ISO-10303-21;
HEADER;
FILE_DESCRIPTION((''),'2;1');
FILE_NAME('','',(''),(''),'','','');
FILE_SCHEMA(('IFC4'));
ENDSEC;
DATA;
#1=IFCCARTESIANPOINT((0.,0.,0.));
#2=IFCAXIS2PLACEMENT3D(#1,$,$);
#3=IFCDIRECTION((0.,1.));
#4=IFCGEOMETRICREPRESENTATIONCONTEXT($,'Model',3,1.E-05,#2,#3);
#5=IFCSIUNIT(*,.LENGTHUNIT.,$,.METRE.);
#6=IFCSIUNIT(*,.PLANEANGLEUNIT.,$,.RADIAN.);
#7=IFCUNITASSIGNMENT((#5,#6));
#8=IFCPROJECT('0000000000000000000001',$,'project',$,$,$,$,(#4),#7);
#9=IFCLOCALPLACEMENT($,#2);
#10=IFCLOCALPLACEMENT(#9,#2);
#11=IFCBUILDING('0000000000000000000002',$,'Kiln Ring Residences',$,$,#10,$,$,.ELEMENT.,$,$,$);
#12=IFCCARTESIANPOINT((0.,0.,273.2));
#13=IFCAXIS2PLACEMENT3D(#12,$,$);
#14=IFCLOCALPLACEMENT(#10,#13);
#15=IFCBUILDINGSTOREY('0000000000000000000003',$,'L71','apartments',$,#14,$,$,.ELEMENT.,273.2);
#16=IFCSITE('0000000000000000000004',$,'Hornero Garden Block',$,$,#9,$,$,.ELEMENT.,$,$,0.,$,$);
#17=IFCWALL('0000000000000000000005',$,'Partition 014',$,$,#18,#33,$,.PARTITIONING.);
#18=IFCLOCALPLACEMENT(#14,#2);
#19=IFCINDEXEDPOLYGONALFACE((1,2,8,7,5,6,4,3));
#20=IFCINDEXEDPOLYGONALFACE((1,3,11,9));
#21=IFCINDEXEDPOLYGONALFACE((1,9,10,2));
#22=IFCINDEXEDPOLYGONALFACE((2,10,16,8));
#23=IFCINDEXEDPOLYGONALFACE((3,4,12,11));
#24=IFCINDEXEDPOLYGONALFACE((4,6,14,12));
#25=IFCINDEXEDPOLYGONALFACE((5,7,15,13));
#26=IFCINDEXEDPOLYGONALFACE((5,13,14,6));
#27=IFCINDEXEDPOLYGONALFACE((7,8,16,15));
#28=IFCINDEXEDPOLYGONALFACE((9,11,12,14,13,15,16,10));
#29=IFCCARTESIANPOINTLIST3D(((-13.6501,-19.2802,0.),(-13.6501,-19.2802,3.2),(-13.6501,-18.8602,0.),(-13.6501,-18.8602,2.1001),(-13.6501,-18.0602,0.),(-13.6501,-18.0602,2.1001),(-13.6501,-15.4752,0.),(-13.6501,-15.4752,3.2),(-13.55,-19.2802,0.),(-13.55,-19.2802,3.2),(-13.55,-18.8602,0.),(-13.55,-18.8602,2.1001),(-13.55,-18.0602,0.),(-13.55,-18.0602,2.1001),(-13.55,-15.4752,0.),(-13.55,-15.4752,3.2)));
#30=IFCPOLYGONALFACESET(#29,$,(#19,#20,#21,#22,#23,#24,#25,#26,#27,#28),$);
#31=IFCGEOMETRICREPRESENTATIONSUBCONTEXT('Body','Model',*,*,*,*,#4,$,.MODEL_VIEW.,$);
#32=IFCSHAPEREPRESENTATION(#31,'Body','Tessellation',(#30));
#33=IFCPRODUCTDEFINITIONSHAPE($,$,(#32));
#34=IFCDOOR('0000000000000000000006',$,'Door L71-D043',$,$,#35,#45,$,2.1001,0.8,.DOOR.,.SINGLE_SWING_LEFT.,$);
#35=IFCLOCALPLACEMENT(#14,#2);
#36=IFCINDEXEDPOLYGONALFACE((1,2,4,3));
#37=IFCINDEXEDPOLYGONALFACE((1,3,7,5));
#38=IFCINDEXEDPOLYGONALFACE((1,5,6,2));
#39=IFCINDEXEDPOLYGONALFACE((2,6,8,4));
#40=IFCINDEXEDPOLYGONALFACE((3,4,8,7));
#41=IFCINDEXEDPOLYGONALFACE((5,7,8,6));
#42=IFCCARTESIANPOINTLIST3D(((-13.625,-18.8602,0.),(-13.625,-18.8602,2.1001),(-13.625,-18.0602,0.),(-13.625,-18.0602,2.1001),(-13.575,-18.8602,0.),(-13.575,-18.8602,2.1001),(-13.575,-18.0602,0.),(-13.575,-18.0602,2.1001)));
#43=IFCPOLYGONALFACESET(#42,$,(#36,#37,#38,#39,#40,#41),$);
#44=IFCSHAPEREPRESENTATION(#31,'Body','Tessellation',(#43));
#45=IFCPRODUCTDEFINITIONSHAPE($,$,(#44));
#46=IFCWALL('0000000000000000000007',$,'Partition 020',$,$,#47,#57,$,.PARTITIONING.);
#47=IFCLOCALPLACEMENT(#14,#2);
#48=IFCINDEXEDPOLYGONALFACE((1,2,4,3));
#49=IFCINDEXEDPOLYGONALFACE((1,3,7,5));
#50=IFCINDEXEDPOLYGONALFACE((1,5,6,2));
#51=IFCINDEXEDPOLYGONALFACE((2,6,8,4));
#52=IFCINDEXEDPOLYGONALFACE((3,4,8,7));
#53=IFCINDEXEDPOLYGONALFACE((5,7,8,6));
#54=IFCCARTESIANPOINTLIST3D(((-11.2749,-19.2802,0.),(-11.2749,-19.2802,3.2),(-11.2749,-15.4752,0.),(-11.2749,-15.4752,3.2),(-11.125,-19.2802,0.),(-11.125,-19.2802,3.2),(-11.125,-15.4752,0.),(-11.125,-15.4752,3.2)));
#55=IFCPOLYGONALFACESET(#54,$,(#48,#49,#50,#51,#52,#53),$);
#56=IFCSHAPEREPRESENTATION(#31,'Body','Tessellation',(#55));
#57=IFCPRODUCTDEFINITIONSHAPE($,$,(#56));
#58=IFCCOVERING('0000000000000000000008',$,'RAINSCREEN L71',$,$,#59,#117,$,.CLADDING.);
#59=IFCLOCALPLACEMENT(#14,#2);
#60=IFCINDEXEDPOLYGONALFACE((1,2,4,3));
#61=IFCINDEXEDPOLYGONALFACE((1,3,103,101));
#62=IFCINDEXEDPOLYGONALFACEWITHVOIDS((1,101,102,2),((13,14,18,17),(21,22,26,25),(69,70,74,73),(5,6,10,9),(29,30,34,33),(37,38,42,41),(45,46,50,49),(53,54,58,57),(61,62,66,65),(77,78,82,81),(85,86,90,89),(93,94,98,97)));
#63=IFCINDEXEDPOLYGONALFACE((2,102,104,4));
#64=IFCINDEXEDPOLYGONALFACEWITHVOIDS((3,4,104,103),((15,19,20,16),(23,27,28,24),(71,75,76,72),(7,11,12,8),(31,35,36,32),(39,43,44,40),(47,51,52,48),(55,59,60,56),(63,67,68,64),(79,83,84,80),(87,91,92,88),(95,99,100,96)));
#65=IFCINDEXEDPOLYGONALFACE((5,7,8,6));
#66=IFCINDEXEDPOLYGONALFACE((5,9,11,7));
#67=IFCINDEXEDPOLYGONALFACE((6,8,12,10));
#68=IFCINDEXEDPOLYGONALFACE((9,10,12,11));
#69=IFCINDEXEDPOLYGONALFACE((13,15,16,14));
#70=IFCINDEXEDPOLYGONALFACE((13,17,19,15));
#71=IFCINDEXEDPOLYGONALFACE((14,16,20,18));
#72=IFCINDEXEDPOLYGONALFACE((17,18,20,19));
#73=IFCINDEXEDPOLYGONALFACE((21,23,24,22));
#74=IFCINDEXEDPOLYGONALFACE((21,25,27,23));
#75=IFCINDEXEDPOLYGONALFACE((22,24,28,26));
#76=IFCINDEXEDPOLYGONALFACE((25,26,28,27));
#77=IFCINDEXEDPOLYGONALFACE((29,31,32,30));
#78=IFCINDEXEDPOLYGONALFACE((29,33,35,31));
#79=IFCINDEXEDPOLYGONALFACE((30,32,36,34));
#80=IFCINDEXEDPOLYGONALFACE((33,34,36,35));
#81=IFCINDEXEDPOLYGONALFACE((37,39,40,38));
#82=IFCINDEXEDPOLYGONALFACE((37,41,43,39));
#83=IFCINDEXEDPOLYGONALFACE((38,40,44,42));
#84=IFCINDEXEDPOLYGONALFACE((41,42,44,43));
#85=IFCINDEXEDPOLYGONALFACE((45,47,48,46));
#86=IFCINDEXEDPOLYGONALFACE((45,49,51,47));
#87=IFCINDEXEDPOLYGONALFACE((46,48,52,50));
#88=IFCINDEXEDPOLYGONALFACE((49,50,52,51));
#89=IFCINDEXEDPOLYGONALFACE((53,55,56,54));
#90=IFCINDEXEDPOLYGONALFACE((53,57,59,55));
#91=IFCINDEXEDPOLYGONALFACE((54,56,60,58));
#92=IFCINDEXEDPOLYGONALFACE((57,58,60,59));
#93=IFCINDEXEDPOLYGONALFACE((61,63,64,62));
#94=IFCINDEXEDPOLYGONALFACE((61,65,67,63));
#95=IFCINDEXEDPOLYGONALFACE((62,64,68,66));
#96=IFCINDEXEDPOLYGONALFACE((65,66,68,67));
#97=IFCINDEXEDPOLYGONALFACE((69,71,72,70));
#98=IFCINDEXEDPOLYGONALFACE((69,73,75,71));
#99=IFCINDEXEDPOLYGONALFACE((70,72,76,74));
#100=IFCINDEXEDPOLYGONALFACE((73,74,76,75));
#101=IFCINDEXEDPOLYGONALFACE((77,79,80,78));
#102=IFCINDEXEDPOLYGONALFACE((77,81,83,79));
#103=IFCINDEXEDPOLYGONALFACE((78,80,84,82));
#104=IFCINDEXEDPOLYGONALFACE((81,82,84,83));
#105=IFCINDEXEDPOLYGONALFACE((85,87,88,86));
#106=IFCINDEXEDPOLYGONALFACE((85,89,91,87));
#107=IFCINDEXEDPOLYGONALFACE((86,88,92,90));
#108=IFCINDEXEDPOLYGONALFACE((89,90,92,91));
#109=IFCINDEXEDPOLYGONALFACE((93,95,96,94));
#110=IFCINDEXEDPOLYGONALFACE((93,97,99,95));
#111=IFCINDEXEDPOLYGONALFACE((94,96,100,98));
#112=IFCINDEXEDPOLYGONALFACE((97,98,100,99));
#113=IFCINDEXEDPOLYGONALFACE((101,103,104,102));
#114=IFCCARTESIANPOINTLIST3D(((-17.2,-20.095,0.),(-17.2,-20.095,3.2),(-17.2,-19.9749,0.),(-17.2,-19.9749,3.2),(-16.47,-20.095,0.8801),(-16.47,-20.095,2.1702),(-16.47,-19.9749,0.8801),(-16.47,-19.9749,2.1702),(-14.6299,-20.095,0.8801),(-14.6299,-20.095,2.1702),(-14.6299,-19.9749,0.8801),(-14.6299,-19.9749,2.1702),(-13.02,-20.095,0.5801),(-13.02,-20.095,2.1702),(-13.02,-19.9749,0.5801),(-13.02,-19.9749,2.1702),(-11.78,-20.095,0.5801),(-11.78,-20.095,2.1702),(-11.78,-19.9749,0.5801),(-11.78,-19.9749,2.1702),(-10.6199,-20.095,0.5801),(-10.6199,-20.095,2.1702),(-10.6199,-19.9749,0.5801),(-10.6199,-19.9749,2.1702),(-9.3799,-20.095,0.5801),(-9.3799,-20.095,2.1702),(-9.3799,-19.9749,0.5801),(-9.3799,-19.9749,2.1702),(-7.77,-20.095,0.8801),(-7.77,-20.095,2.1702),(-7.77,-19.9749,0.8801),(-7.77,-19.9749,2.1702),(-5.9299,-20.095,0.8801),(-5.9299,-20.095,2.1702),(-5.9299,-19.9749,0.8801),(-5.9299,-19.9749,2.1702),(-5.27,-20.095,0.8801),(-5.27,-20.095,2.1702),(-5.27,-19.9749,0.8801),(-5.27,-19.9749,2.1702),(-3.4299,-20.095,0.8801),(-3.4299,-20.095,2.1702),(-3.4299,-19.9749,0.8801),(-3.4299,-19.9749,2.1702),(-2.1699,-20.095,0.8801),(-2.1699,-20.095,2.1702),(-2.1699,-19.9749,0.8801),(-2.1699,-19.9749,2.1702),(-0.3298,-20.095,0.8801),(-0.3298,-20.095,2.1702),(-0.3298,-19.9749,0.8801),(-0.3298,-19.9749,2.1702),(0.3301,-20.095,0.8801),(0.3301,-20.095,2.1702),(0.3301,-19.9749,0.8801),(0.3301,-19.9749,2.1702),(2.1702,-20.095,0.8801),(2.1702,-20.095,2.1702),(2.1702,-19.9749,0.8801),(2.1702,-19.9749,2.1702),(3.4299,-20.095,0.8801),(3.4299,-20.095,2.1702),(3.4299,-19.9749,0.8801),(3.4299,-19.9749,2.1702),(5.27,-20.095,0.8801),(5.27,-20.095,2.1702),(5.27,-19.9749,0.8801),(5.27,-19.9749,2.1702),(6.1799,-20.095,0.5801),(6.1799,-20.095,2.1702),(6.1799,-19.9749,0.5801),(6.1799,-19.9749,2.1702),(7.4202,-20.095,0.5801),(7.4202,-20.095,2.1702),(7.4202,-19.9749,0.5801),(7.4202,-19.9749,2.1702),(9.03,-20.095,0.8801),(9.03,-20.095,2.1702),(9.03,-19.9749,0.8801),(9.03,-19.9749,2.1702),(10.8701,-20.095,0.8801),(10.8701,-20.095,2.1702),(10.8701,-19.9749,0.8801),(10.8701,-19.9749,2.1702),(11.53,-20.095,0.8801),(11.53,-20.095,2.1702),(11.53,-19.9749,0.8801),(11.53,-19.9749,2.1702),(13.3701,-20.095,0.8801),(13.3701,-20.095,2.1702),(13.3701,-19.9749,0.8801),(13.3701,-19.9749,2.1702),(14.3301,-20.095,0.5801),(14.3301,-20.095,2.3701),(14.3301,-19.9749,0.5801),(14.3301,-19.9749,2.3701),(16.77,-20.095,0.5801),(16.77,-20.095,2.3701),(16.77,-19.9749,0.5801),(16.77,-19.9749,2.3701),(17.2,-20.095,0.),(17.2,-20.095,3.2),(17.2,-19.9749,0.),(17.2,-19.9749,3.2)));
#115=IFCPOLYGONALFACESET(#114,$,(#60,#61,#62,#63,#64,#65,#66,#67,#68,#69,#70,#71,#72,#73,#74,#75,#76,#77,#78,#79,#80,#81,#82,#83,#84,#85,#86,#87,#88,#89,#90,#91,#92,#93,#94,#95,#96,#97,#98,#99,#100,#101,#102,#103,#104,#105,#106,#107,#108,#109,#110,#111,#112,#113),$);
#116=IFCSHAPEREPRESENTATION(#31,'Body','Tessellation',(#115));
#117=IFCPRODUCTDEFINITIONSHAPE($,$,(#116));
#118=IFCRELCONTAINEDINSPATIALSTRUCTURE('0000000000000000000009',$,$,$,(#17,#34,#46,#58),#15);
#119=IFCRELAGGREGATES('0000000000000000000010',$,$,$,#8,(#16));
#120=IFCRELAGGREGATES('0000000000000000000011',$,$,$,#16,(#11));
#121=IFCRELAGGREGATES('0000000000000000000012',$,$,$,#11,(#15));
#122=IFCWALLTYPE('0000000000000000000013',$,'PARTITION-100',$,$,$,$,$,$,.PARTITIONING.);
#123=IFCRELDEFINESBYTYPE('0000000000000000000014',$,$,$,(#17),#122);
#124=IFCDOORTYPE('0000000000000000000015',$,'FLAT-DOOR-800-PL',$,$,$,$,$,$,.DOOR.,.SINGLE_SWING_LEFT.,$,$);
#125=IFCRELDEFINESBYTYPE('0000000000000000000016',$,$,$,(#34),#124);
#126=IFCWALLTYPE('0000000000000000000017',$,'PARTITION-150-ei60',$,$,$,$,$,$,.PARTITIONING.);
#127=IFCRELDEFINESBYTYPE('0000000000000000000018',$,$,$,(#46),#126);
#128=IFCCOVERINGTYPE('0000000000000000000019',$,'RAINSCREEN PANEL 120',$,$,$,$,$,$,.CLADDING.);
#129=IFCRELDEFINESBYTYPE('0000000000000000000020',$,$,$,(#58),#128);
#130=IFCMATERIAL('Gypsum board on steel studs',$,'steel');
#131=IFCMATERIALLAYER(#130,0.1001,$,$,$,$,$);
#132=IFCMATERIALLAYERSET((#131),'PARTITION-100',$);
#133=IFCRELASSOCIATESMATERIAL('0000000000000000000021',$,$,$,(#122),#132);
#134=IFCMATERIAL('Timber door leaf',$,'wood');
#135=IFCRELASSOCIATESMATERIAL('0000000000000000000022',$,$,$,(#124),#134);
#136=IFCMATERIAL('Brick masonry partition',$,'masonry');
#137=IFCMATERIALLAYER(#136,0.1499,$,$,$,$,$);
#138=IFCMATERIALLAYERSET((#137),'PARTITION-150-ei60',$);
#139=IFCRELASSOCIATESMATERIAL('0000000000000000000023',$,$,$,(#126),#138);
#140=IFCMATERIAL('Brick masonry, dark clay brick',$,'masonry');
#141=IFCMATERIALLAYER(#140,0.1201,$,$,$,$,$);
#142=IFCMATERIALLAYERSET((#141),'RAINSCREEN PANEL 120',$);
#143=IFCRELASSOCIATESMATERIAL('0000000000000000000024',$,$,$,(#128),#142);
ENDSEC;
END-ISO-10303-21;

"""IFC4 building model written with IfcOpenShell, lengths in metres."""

from ifc_helpers import new_model, si_unit, direction, frame, frame_2d, origin, place, context, subcontext, project, spatial, polyline, rectangle, outline, extrude, material, layer, layer_set, type_object, element, fill, save


model = new_model("IFC4")

# Units and contexts
model_context = context("Model", 3, precision=1e-05, world=origin(), true_north=direction((0.0, 1.0)))
body_context = subcontext(model_context, "Body", "Model", "MODEL_VIEW")
ifc_project = project(units=[si_unit("LENGTHUNIT", "METRE"), si_unit("PLANEANGLEUNIT", "RADIAN")], contexts=[model_context])

# Site, building, storey
site_placement = place(None, origin())
site = spatial("IfcSite", under=ifc_project, at=site_placement, Name="Hornero Garden Block", CompositionType="ELEMENT", RefElevation=0.0)
building_placement = place(site_placement, origin())
building = spatial("IfcBuilding", under=site, at=building_placement, Name="Kiln Ring Residences", CompositionType="ELEMENT")
storey_placement = place(building_placement, frame((0.0, 0.0, 273.2)))
storey = spatial("IfcBuildingStorey", under=building, at=storey_placement, Name="L71", Description="apartments", CompositionType="ELEMENT", Elevation=273.2)

# Wall, opening, door
ifc_material_1 = material(Name="Gypsum board on steel studs", Category="steel")
ifc_layer_1 = layer(ifc_material_1, 0.1001)
ifc_layer_set_1 = layer_set([ifc_layer_1], Name="PARTITION-100")
wall_type_1 = type_object("IfcWallType", Name="PARTITION-100", PredefinedType="PARTITIONING", material=ifc_layer_set_1)
wall_1_placement = place(storey_placement, frame((-13.6001, -19.28, 0.0), z_axis=(0.0, 0.0, 1.0), x_axis=(0.0, 1.0, 0.0)))
wall_1 = element("IfcWall", 1, at=wall_1_placement, inside=storey, type_object=wall_type_1, Name="Partition 014", PredefinedType="PARTITIONING", context=body_context, shape_type="SweptSolid", body=[
    extrude(rectangle(XDim=3.8049, YDim=0.1001, at=frame_2d((1.9023, 0.0))), origin(), (0.0, 0.0, 1.0), 3.2),
])
opening_1_placement = place(wall_1_placement, frame((0.4199, 0.0, 0.0)))
opening_1 = element("IfcOpeningElement", 2, at=opening_1_placement, cuts=wall_1, PredefinedType="OPENING", context=body_context, shape_type="SweptSolid", body=[
    extrude(rectangle(XDim=0.8, YDim=2.1001, at=frame_2d((0.3999, 1.05))), frame((0.0, 0.0601, 0.0), z_axis=(0.0, -1.0, 0.0), x_axis=(1.0, 0.0, 0.0)), (0.0, 0.0, 1.0), 0.1201),
])
ifc_material_2 = material(Name="Timber door leaf", Category="wood")
door_type_1 = type_object("IfcDoorType", Name="FLAT-DOOR-800-PL", OperationType="SINGLE_SWING_LEFT", PredefinedType="DOOR", material=ifc_material_2)
door_1_placement = place(opening_1_placement, origin())
door_1 = element("IfcDoor", 3, at=door_1_placement, inside=storey, type_object=door_type_1, Name="Door L71-D043", OperationType="SINGLE_SWING_LEFT", OverallHeight=2.1001, OverallWidth=0.8, PredefinedType="DOOR", context=body_context, shape_type="SweptSolid", body=[
    extrude(rectangle(XDim=0.8, YDim=2.1001, at=frame_2d((0.3999, 1.05))), frame((0.0, 0.0249, 0.0), z_axis=(0.0, -1.0, 0.0), x_axis=(1.0, 0.0, 0.0)), (0.0, 0.0, 1.0), 0.05),
])
fill(opening_1, door_1)

# Wall
ifc_material_3 = material(Name="Brick masonry partition", Category="masonry")
ifc_layer_2 = layer(ifc_material_3, 0.1499)
ifc_layer_set_2 = layer_set([ifc_layer_2], Name="PARTITION-150-ei60")
wall_type_2 = type_object("IfcWallType", Name="PARTITION-150-ei60", PredefinedType="PARTITIONING", material=ifc_layer_set_2)
wall_2_placement = place(storey_placement, frame((-11.2, -19.28, 0.0), z_axis=(0.0, 0.0, 1.0), x_axis=(0.0, 1.0, 0.0)))
element("IfcWall", 4, at=wall_2_placement, inside=storey, type_object=wall_type_2, Name="Partition 020", PredefinedType="PARTITIONING", context=body_context, shape_type="SweptSolid", body=[
    extrude(rectangle(XDim=3.8049, YDim=0.1499, at=frame_2d((1.9023, 0.0))), origin(), (0.0, 0.0, 1.0), 3.2),
])

# Covering
ifc_material_4 = material(Name="Brick masonry, dark clay brick", Category="masonry")
ifc_layer_3 = layer(ifc_material_4, 0.1201)
ifc_layer_set_3 = layer_set([ifc_layer_3], Name="RAINSCREEN PANEL 120")
covering_type = type_object("IfcCoveringType", Name="RAINSCREEN PANEL 120", PredefinedType="CLADDING", material=ifc_layer_set_3)
covering_placement = place(storey_placement, frame((-17.2, -20.0349, 0.0), z_axis=(0.0, 0.0, 1.0), x_axis=(1.0, 0.0, 0.0)))
element("IfcCovering", 5, at=covering_placement, inside=storey, type_object=covering_type, Name="RAINSCREEN L71", PredefinedType="CLADDING", context=body_context, shape_type="SweptSolid", body=[
    extrude(outline(polyline([(0.0, 0.0), (34.3999, 0.0), (34.3999, 3.2), (0.0, 3.2), (0.0, 0.0)]), holes=[polyline([(4.1799, 0.5801), (5.4199, 0.5801), (5.4199, 2.1702), (4.1799, 2.1702), (4.1799, 0.5801)]), polyline([(6.5801, 2.1702), (6.5801, 0.5801), (7.8201, 0.5801), (7.8201, 2.1702), (6.5801, 2.1702)]), polyline([(0.73, 2.1702), (0.73, 0.8801), (2.5701, 0.8801), (2.5701, 2.1702), (0.73, 2.1702)]), polyline([(9.4299, 0.8801), (11.27, 0.8801), (11.27, 2.1702), (9.4299, 2.1702), (9.4299, 0.8801)]), polyline([(11.9299, 2.1702), (11.9299, 0.8801), (13.77, 0.8801), (13.77, 2.1702), (11.9299, 2.1702)]), polyline([(15.03, 2.1702), (15.03, 0.8801), (16.8701, 0.8801), (16.8701, 2.1702), (15.03, 2.1702)]), polyline([(23.3799, 0.5801), (24.6201, 0.5801), (24.6201, 2.1702), (23.3799, 2.1702), (23.3799, 0.5801)]), polyline([(31.53, 2.3701), (31.53, 0.5801), (33.97, 0.5801), (33.97, 2.3701), (31.53, 2.3701)]), polyline([(17.53, 2.1702), (17.53, 0.8801), (19.3701, 0.8801), (19.3701, 2.1702), (17.53, 2.1702)]), polyline([(20.6299, 0.8801), (22.47, 0.8801), (22.47, 2.1702), (20.6299, 2.1702), (20.6299, 0.8801)]), polyline([(26.23, 2.1702), (26.23, 0.8801), (28.0701, 0.8801), (28.0701, 2.1702), (26.23, 2.1702)]), polyline([(28.73, 2.1702), (28.73, 0.8801), (30.5701, 0.8801), (30.5701, 2.1702), (28.73, 2.1702)])]), frame((0.0, 0.0601, 0.0), z_axis=(0.0, -1.0, 0.0), x_axis=(1.0, 0.0, 0.0)), (0.0, 0.0, 1.0), 0.1201),
])

save(model, "model.ifc")
